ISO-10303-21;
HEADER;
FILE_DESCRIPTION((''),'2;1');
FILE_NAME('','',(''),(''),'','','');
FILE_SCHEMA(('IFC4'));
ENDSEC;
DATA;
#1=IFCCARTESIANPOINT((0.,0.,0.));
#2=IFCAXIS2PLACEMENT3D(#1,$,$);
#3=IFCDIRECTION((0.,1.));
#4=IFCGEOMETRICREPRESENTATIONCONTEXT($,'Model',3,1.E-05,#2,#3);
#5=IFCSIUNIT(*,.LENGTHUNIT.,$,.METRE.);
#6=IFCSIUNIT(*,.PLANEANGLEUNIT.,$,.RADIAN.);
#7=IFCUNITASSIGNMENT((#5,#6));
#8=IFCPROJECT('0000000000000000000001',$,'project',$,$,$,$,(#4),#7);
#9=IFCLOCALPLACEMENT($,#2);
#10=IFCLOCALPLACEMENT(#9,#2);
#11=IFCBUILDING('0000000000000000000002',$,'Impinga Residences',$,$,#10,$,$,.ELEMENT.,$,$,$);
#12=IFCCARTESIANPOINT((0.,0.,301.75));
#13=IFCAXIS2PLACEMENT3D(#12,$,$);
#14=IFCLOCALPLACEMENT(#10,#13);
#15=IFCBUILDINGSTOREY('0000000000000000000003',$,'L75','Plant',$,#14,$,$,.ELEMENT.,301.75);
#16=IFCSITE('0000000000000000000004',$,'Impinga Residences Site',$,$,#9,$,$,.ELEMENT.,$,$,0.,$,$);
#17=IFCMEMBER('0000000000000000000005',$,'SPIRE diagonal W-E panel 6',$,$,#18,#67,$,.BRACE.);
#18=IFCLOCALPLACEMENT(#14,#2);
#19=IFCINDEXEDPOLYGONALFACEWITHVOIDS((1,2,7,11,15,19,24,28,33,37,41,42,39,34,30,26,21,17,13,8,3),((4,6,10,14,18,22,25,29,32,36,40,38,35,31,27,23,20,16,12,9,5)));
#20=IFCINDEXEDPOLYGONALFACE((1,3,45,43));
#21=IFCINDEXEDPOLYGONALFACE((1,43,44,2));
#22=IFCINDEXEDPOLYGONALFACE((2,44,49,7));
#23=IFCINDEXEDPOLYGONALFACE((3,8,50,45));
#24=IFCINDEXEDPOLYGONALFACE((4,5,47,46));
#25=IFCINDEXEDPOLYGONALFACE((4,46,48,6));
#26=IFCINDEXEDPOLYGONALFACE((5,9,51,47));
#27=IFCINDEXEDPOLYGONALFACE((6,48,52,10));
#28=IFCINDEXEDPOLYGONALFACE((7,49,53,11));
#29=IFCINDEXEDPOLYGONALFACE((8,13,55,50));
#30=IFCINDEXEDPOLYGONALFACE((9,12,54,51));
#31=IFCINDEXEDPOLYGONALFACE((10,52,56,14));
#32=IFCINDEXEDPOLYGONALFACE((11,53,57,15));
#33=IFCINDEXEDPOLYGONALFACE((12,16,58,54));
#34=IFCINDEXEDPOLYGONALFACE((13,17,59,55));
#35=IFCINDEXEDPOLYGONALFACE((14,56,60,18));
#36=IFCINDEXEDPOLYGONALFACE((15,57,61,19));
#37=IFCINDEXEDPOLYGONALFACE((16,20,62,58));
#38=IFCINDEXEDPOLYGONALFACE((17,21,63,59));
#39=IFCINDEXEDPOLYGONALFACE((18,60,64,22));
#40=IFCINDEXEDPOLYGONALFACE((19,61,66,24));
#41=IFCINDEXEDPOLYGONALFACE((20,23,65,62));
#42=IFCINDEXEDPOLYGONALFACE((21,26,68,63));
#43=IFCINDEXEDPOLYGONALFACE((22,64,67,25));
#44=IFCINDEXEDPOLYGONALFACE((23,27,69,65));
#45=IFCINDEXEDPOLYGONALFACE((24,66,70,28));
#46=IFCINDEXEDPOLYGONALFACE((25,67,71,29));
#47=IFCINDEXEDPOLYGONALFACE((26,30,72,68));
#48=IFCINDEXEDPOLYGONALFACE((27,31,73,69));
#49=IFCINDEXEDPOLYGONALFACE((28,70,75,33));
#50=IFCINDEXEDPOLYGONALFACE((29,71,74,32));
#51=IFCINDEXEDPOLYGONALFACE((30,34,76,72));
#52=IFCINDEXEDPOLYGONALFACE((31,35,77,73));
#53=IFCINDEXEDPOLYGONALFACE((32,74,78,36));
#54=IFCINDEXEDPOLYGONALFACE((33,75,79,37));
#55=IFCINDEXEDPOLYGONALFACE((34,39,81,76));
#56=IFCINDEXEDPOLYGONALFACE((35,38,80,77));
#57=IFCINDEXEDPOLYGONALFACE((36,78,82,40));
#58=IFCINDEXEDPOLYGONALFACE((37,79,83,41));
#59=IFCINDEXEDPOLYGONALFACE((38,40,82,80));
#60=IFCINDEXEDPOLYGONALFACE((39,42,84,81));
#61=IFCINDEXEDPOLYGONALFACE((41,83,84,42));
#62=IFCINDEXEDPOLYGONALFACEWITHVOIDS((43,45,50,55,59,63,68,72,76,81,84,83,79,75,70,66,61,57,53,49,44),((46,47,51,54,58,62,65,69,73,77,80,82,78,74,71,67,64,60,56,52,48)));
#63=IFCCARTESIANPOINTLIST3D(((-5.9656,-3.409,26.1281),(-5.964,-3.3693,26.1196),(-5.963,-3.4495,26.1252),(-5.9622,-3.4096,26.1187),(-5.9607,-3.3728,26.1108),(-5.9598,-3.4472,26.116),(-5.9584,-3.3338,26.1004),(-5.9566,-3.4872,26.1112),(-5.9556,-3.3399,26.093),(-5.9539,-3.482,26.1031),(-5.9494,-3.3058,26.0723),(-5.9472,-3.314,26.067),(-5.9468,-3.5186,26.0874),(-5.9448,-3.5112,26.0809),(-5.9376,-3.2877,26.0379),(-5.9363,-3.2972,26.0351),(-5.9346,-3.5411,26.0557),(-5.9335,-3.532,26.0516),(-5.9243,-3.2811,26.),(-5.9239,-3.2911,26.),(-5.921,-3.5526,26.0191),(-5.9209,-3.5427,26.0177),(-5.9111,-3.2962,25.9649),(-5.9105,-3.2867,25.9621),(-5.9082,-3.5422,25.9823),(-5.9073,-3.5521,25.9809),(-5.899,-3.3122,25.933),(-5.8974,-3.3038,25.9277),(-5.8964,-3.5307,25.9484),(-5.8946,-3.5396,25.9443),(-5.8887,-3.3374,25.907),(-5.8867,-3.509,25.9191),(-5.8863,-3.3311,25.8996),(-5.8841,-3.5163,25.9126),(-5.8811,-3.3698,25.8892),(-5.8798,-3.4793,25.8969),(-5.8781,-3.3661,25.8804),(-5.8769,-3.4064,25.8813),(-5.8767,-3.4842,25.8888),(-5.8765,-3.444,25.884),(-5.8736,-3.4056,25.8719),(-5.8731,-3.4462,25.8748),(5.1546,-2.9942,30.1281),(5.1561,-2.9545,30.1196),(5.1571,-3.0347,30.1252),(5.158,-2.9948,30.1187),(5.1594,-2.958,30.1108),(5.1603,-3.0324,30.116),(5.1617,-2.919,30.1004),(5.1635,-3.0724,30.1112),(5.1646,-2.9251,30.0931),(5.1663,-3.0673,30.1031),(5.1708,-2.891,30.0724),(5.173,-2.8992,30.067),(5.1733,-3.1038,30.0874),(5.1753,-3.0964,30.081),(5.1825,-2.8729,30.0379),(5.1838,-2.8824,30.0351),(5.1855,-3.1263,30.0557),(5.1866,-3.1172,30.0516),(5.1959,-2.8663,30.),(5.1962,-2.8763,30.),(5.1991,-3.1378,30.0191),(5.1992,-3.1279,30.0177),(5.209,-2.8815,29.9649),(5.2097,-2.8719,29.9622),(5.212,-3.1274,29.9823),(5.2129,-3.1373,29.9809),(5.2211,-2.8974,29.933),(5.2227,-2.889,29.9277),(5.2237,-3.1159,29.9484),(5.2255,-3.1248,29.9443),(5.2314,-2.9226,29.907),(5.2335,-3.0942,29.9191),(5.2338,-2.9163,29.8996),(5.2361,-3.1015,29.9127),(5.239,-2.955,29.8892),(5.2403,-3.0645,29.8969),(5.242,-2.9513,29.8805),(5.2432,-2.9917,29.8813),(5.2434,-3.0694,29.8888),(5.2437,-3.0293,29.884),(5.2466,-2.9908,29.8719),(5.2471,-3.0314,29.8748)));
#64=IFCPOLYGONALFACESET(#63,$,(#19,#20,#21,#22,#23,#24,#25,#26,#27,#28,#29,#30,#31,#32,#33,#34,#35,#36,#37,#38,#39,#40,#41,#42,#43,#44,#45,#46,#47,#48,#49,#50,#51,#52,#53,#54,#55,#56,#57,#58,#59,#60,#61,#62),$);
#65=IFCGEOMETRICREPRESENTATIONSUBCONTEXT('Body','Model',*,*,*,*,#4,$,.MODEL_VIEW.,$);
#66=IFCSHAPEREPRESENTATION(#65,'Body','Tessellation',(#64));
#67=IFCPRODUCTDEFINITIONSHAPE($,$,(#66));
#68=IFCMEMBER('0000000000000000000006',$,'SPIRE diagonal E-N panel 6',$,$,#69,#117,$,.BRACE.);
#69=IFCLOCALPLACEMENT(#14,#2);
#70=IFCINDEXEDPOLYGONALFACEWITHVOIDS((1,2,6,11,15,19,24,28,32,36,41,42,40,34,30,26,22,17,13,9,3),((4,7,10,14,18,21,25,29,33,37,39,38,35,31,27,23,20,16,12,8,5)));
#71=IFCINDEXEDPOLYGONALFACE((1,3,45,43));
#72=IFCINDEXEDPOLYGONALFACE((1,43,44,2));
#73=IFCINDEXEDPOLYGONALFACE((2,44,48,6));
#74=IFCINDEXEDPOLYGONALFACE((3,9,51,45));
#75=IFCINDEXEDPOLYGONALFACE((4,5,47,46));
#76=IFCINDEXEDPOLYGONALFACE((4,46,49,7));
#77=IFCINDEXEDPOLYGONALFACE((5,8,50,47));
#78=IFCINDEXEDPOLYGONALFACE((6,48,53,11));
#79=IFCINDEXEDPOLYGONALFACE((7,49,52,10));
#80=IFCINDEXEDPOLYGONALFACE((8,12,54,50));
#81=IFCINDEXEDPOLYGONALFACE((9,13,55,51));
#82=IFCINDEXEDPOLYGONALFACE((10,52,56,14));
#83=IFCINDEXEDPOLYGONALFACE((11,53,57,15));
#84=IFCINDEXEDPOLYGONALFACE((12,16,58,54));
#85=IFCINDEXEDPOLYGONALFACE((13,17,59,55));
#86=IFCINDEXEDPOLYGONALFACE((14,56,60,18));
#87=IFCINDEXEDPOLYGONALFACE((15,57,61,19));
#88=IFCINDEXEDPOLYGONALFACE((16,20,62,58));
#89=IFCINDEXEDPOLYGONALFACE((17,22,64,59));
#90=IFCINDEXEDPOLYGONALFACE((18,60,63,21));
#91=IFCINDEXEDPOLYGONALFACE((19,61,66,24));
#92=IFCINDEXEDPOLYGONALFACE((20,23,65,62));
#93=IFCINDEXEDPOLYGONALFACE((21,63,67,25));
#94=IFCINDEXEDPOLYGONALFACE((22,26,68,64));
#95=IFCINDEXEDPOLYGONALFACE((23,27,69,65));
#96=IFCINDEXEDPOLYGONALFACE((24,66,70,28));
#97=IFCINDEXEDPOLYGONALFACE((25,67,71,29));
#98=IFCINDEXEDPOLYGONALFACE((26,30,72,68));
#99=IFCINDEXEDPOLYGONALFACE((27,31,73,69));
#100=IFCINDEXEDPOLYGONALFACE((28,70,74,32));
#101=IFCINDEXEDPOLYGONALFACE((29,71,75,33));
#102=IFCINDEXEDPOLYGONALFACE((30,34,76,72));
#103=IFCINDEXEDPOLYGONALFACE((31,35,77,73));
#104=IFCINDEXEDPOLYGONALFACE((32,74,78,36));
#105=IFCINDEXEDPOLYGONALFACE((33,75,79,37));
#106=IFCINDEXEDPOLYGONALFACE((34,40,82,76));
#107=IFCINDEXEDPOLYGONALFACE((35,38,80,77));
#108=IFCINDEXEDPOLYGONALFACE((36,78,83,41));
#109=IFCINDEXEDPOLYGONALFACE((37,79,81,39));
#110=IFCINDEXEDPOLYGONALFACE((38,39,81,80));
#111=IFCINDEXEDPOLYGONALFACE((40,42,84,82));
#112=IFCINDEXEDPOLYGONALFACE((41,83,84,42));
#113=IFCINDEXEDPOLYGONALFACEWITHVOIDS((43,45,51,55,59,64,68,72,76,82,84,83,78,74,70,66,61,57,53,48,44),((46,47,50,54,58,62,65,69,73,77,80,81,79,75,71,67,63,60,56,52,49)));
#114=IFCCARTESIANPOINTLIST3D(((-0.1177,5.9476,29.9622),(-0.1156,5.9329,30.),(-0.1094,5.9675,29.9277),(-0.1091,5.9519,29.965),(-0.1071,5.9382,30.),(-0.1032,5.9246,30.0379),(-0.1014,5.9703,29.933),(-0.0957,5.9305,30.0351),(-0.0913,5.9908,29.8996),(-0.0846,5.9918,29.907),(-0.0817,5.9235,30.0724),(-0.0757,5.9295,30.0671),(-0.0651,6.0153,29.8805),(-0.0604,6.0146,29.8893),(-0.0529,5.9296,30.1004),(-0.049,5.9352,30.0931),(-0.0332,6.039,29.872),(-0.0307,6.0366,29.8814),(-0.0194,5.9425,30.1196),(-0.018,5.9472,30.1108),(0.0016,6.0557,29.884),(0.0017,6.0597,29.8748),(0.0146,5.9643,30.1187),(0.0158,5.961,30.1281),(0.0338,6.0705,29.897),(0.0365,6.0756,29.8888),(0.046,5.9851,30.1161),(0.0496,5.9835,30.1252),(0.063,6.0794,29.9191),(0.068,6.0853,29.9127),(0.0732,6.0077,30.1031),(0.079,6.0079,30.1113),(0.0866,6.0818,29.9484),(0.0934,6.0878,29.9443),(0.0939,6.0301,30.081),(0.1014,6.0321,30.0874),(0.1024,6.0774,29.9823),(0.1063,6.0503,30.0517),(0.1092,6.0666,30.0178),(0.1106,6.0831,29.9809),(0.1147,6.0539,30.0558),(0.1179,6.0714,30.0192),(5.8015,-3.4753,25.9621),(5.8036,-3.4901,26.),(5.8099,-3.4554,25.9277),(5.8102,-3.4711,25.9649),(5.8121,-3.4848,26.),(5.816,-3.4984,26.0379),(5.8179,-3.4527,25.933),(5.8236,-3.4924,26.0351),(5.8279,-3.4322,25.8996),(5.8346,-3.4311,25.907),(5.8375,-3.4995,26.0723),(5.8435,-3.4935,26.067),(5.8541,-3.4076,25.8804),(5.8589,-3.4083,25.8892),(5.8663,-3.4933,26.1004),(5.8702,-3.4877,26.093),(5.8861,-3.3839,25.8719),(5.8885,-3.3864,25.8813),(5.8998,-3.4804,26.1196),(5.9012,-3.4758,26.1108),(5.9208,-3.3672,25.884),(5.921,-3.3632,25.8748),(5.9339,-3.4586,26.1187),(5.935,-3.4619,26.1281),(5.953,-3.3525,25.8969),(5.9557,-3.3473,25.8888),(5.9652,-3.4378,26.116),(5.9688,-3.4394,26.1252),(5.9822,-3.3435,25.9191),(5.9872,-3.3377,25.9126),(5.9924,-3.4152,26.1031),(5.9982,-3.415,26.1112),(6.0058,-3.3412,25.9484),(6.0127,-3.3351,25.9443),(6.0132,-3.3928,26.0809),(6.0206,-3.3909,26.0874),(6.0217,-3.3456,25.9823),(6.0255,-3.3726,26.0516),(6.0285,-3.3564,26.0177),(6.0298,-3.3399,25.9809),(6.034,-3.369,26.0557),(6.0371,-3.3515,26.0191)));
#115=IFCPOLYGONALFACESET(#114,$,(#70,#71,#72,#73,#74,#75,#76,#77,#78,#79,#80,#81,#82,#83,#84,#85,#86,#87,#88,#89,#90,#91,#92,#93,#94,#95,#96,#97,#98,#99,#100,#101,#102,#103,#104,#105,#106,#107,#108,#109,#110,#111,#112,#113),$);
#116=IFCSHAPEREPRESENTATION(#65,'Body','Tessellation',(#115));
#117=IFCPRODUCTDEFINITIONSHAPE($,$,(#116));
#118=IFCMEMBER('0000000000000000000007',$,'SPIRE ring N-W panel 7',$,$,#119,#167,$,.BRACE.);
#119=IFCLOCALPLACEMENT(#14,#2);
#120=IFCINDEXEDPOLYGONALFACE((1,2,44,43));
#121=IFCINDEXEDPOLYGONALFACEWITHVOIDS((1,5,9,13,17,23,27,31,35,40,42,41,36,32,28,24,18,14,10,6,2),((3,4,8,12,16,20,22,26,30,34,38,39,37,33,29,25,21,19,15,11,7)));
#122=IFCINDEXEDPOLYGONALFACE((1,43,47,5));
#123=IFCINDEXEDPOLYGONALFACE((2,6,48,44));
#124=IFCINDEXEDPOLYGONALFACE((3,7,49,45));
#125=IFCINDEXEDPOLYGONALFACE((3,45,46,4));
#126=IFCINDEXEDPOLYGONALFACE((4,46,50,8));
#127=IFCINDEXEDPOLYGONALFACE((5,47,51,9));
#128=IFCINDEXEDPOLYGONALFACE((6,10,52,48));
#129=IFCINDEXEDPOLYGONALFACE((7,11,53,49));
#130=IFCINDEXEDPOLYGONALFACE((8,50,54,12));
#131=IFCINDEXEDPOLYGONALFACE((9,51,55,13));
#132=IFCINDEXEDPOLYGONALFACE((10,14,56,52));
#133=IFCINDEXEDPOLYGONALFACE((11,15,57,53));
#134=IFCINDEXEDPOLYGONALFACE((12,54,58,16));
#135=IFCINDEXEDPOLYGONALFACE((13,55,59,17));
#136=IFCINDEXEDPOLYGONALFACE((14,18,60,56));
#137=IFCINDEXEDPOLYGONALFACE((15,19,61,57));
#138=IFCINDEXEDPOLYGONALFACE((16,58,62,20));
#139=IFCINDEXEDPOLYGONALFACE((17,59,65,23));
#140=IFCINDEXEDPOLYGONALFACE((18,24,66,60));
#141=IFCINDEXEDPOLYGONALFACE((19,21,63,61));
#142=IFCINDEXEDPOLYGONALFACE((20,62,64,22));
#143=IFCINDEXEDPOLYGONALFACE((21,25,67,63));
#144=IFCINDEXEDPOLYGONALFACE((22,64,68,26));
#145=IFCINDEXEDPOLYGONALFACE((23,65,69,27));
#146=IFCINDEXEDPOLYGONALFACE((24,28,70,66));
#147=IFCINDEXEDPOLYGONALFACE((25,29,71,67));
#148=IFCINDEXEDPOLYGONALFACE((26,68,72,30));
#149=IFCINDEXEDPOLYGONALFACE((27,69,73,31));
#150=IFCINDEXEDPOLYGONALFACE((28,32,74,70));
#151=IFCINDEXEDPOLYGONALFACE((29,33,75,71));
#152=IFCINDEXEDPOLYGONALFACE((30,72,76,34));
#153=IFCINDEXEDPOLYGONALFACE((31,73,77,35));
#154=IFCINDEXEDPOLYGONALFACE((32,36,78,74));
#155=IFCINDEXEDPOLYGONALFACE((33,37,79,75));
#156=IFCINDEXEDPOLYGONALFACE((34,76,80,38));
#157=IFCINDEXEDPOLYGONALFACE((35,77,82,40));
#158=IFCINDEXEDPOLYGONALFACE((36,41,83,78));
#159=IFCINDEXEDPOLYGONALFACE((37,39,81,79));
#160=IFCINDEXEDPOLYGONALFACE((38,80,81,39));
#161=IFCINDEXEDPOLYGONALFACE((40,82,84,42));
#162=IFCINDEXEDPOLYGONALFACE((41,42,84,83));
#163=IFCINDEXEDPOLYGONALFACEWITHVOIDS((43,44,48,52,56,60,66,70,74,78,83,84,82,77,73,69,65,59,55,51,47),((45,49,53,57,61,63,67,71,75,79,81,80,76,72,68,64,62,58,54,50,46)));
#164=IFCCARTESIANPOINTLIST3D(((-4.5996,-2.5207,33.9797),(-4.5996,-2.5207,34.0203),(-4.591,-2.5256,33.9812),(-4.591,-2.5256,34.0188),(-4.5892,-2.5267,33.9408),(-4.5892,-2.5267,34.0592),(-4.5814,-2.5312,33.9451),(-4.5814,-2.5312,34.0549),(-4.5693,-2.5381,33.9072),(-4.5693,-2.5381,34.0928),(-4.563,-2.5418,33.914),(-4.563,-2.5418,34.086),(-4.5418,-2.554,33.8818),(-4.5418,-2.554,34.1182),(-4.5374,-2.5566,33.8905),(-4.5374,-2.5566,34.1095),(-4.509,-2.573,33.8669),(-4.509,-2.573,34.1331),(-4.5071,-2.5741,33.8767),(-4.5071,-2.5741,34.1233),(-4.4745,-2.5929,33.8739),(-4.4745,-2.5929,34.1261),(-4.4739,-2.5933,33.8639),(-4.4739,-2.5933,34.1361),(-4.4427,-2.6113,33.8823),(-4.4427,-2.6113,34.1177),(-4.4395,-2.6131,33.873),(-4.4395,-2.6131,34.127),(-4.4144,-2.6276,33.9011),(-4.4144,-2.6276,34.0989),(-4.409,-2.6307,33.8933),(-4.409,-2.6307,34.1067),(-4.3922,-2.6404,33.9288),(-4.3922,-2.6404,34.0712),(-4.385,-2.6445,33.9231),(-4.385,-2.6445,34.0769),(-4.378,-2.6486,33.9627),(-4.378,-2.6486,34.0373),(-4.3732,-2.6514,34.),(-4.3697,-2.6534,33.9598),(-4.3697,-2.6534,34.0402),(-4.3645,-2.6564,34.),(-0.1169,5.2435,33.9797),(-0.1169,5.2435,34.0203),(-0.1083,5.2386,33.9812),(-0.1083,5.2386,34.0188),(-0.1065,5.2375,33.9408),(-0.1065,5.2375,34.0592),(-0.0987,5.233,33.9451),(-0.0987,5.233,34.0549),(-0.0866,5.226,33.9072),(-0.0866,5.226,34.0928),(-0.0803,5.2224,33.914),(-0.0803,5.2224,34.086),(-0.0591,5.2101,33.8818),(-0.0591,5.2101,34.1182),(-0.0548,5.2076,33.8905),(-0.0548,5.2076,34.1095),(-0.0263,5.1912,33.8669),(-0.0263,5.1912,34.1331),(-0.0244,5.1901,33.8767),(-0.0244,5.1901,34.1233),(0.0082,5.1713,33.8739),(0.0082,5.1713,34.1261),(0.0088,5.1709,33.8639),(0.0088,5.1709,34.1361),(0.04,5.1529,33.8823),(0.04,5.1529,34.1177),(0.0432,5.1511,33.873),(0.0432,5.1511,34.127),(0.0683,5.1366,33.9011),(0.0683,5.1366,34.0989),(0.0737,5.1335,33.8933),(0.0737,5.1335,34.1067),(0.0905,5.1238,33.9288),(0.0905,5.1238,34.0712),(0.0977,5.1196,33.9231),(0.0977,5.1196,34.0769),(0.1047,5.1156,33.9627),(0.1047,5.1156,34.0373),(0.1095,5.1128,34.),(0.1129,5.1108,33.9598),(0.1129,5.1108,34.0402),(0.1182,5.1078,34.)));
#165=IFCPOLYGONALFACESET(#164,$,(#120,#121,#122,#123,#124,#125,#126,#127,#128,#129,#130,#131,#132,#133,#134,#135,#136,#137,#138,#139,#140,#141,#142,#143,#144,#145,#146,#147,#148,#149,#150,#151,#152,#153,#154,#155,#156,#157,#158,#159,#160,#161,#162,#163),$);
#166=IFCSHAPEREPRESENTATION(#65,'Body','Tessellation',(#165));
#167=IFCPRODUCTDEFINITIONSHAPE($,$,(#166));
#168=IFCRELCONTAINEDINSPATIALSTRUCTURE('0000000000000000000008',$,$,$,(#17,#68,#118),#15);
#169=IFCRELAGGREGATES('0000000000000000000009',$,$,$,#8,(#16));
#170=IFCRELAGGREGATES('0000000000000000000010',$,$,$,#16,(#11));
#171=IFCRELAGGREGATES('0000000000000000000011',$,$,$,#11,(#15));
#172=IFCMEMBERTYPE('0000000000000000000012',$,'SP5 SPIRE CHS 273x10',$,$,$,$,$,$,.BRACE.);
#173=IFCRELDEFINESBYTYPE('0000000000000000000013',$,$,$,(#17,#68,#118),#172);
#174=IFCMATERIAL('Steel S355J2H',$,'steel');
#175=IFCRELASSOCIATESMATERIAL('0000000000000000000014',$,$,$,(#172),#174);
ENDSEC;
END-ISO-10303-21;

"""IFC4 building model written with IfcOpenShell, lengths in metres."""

from ifc_helpers import new_model, si_unit, direction, frame, origin, origin_2d, place, context, subcontext, project, spatial, hollow_circle, extrude, material, material_profile, profile_set, type_object, element, save


model = new_model("IFC4")

# Units and contexts
model_context = context("Model", 3, precision=1e-05, world=origin(), true_north=direction((0.0, 1.0)))
body_context = subcontext(model_context, "Body", "Model", "MODEL_VIEW")
ifc_project = project(units=[si_unit("LENGTHUNIT", "METRE"), si_unit("PLANEANGLEUNIT", "RADIAN")], contexts=[model_context])

# Site, building, storey
site_placement = place(None, origin())
site = spatial("IfcSite", under=ifc_project, at=site_placement, Name="Impinga Residences Site", CompositionType="ELEMENT", RefElevation=0.0)
building_placement = place(site_placement, origin())
building = spatial("IfcBuilding", under=site, at=building_placement, Name="Impinga Residences", CompositionType="ELEMENT")
storey_placement = place(building_placement, frame((0.0, 0.0, 301.75)))
storey = spatial("IfcBuildingStorey", under=building, at=storey_placement, Name="L75", Description="Plant", CompositionType="ELEMENT", Elevation=301.75)

# Members
ifc_material = material(Name="Steel S355J2H", Category="steel")
ifc_material_profile_1 = material_profile(ifc_material, hollow_circle(Radius=0.1365, WallThickness=0.01, at=origin_2d()), Name="CHS 273x10")
ifc_profile_set_1 = profile_set([ifc_material_profile_1], Name="Steel S355J2H")
member_type_1 = type_object("IfcMemberType", Name="SP5 SPIRE CHS 273x10", PredefinedType="BRACE", material=ifc_profile_set_1)
for number, where, z_axis, x_axis, name in (
    (1, (-5.9192, -3.4175, 26.0), (0.940396, 0.035078, 0.338268), (-0.037275, 0.999305, 0.0), "SPIRE diagonal W-E panel 6"),
    (2, (5.9192, -3.4175, 26.0), (-0.500572, 0.796869, 0.338271), (-0.846788, -0.53193, 0.0), "SPIRE diagonal E-N panel 6"),
):
    element("IfcMember", number, at=place(storey_placement, frame(where, z_axis=z_axis, x_axis=x_axis)), inside=storey, type_object=member_type_1, Name=name, PredefinedType="BRACE", context=body_context, shape_type="SweptSolid", body=[
        extrude(hollow_circle(Radius=0.1365, WallThickness=0.01, at=origin_2d()), origin(), (0.0, 0.0, 1.0), 11.825),
    ])
for number, where, z_axis, x_axis, name in (
    (3, (0.0, 5.176, 34.0), (-0.500002, -0.866024, 0.0), (0.866024, -0.500002, 0.0), "SPIRE ring N-W panel 7"),
):
    element("IfcMember", number, at=place(storey_placement, frame(where, z_axis=z_axis, x_axis=x_axis)), inside=storey, type_object=member_type_1, Name=name, PredefinedType="BRACE", context=body_context, shape_type="SweptSolid", body=[
        extrude(hollow_circle(Radius=0.1365, WallThickness=0.01, at=origin_2d()), origin(), (0.0, 0.0, 1.0), 8.9653),
    ])

save(model, "model.ifc")
